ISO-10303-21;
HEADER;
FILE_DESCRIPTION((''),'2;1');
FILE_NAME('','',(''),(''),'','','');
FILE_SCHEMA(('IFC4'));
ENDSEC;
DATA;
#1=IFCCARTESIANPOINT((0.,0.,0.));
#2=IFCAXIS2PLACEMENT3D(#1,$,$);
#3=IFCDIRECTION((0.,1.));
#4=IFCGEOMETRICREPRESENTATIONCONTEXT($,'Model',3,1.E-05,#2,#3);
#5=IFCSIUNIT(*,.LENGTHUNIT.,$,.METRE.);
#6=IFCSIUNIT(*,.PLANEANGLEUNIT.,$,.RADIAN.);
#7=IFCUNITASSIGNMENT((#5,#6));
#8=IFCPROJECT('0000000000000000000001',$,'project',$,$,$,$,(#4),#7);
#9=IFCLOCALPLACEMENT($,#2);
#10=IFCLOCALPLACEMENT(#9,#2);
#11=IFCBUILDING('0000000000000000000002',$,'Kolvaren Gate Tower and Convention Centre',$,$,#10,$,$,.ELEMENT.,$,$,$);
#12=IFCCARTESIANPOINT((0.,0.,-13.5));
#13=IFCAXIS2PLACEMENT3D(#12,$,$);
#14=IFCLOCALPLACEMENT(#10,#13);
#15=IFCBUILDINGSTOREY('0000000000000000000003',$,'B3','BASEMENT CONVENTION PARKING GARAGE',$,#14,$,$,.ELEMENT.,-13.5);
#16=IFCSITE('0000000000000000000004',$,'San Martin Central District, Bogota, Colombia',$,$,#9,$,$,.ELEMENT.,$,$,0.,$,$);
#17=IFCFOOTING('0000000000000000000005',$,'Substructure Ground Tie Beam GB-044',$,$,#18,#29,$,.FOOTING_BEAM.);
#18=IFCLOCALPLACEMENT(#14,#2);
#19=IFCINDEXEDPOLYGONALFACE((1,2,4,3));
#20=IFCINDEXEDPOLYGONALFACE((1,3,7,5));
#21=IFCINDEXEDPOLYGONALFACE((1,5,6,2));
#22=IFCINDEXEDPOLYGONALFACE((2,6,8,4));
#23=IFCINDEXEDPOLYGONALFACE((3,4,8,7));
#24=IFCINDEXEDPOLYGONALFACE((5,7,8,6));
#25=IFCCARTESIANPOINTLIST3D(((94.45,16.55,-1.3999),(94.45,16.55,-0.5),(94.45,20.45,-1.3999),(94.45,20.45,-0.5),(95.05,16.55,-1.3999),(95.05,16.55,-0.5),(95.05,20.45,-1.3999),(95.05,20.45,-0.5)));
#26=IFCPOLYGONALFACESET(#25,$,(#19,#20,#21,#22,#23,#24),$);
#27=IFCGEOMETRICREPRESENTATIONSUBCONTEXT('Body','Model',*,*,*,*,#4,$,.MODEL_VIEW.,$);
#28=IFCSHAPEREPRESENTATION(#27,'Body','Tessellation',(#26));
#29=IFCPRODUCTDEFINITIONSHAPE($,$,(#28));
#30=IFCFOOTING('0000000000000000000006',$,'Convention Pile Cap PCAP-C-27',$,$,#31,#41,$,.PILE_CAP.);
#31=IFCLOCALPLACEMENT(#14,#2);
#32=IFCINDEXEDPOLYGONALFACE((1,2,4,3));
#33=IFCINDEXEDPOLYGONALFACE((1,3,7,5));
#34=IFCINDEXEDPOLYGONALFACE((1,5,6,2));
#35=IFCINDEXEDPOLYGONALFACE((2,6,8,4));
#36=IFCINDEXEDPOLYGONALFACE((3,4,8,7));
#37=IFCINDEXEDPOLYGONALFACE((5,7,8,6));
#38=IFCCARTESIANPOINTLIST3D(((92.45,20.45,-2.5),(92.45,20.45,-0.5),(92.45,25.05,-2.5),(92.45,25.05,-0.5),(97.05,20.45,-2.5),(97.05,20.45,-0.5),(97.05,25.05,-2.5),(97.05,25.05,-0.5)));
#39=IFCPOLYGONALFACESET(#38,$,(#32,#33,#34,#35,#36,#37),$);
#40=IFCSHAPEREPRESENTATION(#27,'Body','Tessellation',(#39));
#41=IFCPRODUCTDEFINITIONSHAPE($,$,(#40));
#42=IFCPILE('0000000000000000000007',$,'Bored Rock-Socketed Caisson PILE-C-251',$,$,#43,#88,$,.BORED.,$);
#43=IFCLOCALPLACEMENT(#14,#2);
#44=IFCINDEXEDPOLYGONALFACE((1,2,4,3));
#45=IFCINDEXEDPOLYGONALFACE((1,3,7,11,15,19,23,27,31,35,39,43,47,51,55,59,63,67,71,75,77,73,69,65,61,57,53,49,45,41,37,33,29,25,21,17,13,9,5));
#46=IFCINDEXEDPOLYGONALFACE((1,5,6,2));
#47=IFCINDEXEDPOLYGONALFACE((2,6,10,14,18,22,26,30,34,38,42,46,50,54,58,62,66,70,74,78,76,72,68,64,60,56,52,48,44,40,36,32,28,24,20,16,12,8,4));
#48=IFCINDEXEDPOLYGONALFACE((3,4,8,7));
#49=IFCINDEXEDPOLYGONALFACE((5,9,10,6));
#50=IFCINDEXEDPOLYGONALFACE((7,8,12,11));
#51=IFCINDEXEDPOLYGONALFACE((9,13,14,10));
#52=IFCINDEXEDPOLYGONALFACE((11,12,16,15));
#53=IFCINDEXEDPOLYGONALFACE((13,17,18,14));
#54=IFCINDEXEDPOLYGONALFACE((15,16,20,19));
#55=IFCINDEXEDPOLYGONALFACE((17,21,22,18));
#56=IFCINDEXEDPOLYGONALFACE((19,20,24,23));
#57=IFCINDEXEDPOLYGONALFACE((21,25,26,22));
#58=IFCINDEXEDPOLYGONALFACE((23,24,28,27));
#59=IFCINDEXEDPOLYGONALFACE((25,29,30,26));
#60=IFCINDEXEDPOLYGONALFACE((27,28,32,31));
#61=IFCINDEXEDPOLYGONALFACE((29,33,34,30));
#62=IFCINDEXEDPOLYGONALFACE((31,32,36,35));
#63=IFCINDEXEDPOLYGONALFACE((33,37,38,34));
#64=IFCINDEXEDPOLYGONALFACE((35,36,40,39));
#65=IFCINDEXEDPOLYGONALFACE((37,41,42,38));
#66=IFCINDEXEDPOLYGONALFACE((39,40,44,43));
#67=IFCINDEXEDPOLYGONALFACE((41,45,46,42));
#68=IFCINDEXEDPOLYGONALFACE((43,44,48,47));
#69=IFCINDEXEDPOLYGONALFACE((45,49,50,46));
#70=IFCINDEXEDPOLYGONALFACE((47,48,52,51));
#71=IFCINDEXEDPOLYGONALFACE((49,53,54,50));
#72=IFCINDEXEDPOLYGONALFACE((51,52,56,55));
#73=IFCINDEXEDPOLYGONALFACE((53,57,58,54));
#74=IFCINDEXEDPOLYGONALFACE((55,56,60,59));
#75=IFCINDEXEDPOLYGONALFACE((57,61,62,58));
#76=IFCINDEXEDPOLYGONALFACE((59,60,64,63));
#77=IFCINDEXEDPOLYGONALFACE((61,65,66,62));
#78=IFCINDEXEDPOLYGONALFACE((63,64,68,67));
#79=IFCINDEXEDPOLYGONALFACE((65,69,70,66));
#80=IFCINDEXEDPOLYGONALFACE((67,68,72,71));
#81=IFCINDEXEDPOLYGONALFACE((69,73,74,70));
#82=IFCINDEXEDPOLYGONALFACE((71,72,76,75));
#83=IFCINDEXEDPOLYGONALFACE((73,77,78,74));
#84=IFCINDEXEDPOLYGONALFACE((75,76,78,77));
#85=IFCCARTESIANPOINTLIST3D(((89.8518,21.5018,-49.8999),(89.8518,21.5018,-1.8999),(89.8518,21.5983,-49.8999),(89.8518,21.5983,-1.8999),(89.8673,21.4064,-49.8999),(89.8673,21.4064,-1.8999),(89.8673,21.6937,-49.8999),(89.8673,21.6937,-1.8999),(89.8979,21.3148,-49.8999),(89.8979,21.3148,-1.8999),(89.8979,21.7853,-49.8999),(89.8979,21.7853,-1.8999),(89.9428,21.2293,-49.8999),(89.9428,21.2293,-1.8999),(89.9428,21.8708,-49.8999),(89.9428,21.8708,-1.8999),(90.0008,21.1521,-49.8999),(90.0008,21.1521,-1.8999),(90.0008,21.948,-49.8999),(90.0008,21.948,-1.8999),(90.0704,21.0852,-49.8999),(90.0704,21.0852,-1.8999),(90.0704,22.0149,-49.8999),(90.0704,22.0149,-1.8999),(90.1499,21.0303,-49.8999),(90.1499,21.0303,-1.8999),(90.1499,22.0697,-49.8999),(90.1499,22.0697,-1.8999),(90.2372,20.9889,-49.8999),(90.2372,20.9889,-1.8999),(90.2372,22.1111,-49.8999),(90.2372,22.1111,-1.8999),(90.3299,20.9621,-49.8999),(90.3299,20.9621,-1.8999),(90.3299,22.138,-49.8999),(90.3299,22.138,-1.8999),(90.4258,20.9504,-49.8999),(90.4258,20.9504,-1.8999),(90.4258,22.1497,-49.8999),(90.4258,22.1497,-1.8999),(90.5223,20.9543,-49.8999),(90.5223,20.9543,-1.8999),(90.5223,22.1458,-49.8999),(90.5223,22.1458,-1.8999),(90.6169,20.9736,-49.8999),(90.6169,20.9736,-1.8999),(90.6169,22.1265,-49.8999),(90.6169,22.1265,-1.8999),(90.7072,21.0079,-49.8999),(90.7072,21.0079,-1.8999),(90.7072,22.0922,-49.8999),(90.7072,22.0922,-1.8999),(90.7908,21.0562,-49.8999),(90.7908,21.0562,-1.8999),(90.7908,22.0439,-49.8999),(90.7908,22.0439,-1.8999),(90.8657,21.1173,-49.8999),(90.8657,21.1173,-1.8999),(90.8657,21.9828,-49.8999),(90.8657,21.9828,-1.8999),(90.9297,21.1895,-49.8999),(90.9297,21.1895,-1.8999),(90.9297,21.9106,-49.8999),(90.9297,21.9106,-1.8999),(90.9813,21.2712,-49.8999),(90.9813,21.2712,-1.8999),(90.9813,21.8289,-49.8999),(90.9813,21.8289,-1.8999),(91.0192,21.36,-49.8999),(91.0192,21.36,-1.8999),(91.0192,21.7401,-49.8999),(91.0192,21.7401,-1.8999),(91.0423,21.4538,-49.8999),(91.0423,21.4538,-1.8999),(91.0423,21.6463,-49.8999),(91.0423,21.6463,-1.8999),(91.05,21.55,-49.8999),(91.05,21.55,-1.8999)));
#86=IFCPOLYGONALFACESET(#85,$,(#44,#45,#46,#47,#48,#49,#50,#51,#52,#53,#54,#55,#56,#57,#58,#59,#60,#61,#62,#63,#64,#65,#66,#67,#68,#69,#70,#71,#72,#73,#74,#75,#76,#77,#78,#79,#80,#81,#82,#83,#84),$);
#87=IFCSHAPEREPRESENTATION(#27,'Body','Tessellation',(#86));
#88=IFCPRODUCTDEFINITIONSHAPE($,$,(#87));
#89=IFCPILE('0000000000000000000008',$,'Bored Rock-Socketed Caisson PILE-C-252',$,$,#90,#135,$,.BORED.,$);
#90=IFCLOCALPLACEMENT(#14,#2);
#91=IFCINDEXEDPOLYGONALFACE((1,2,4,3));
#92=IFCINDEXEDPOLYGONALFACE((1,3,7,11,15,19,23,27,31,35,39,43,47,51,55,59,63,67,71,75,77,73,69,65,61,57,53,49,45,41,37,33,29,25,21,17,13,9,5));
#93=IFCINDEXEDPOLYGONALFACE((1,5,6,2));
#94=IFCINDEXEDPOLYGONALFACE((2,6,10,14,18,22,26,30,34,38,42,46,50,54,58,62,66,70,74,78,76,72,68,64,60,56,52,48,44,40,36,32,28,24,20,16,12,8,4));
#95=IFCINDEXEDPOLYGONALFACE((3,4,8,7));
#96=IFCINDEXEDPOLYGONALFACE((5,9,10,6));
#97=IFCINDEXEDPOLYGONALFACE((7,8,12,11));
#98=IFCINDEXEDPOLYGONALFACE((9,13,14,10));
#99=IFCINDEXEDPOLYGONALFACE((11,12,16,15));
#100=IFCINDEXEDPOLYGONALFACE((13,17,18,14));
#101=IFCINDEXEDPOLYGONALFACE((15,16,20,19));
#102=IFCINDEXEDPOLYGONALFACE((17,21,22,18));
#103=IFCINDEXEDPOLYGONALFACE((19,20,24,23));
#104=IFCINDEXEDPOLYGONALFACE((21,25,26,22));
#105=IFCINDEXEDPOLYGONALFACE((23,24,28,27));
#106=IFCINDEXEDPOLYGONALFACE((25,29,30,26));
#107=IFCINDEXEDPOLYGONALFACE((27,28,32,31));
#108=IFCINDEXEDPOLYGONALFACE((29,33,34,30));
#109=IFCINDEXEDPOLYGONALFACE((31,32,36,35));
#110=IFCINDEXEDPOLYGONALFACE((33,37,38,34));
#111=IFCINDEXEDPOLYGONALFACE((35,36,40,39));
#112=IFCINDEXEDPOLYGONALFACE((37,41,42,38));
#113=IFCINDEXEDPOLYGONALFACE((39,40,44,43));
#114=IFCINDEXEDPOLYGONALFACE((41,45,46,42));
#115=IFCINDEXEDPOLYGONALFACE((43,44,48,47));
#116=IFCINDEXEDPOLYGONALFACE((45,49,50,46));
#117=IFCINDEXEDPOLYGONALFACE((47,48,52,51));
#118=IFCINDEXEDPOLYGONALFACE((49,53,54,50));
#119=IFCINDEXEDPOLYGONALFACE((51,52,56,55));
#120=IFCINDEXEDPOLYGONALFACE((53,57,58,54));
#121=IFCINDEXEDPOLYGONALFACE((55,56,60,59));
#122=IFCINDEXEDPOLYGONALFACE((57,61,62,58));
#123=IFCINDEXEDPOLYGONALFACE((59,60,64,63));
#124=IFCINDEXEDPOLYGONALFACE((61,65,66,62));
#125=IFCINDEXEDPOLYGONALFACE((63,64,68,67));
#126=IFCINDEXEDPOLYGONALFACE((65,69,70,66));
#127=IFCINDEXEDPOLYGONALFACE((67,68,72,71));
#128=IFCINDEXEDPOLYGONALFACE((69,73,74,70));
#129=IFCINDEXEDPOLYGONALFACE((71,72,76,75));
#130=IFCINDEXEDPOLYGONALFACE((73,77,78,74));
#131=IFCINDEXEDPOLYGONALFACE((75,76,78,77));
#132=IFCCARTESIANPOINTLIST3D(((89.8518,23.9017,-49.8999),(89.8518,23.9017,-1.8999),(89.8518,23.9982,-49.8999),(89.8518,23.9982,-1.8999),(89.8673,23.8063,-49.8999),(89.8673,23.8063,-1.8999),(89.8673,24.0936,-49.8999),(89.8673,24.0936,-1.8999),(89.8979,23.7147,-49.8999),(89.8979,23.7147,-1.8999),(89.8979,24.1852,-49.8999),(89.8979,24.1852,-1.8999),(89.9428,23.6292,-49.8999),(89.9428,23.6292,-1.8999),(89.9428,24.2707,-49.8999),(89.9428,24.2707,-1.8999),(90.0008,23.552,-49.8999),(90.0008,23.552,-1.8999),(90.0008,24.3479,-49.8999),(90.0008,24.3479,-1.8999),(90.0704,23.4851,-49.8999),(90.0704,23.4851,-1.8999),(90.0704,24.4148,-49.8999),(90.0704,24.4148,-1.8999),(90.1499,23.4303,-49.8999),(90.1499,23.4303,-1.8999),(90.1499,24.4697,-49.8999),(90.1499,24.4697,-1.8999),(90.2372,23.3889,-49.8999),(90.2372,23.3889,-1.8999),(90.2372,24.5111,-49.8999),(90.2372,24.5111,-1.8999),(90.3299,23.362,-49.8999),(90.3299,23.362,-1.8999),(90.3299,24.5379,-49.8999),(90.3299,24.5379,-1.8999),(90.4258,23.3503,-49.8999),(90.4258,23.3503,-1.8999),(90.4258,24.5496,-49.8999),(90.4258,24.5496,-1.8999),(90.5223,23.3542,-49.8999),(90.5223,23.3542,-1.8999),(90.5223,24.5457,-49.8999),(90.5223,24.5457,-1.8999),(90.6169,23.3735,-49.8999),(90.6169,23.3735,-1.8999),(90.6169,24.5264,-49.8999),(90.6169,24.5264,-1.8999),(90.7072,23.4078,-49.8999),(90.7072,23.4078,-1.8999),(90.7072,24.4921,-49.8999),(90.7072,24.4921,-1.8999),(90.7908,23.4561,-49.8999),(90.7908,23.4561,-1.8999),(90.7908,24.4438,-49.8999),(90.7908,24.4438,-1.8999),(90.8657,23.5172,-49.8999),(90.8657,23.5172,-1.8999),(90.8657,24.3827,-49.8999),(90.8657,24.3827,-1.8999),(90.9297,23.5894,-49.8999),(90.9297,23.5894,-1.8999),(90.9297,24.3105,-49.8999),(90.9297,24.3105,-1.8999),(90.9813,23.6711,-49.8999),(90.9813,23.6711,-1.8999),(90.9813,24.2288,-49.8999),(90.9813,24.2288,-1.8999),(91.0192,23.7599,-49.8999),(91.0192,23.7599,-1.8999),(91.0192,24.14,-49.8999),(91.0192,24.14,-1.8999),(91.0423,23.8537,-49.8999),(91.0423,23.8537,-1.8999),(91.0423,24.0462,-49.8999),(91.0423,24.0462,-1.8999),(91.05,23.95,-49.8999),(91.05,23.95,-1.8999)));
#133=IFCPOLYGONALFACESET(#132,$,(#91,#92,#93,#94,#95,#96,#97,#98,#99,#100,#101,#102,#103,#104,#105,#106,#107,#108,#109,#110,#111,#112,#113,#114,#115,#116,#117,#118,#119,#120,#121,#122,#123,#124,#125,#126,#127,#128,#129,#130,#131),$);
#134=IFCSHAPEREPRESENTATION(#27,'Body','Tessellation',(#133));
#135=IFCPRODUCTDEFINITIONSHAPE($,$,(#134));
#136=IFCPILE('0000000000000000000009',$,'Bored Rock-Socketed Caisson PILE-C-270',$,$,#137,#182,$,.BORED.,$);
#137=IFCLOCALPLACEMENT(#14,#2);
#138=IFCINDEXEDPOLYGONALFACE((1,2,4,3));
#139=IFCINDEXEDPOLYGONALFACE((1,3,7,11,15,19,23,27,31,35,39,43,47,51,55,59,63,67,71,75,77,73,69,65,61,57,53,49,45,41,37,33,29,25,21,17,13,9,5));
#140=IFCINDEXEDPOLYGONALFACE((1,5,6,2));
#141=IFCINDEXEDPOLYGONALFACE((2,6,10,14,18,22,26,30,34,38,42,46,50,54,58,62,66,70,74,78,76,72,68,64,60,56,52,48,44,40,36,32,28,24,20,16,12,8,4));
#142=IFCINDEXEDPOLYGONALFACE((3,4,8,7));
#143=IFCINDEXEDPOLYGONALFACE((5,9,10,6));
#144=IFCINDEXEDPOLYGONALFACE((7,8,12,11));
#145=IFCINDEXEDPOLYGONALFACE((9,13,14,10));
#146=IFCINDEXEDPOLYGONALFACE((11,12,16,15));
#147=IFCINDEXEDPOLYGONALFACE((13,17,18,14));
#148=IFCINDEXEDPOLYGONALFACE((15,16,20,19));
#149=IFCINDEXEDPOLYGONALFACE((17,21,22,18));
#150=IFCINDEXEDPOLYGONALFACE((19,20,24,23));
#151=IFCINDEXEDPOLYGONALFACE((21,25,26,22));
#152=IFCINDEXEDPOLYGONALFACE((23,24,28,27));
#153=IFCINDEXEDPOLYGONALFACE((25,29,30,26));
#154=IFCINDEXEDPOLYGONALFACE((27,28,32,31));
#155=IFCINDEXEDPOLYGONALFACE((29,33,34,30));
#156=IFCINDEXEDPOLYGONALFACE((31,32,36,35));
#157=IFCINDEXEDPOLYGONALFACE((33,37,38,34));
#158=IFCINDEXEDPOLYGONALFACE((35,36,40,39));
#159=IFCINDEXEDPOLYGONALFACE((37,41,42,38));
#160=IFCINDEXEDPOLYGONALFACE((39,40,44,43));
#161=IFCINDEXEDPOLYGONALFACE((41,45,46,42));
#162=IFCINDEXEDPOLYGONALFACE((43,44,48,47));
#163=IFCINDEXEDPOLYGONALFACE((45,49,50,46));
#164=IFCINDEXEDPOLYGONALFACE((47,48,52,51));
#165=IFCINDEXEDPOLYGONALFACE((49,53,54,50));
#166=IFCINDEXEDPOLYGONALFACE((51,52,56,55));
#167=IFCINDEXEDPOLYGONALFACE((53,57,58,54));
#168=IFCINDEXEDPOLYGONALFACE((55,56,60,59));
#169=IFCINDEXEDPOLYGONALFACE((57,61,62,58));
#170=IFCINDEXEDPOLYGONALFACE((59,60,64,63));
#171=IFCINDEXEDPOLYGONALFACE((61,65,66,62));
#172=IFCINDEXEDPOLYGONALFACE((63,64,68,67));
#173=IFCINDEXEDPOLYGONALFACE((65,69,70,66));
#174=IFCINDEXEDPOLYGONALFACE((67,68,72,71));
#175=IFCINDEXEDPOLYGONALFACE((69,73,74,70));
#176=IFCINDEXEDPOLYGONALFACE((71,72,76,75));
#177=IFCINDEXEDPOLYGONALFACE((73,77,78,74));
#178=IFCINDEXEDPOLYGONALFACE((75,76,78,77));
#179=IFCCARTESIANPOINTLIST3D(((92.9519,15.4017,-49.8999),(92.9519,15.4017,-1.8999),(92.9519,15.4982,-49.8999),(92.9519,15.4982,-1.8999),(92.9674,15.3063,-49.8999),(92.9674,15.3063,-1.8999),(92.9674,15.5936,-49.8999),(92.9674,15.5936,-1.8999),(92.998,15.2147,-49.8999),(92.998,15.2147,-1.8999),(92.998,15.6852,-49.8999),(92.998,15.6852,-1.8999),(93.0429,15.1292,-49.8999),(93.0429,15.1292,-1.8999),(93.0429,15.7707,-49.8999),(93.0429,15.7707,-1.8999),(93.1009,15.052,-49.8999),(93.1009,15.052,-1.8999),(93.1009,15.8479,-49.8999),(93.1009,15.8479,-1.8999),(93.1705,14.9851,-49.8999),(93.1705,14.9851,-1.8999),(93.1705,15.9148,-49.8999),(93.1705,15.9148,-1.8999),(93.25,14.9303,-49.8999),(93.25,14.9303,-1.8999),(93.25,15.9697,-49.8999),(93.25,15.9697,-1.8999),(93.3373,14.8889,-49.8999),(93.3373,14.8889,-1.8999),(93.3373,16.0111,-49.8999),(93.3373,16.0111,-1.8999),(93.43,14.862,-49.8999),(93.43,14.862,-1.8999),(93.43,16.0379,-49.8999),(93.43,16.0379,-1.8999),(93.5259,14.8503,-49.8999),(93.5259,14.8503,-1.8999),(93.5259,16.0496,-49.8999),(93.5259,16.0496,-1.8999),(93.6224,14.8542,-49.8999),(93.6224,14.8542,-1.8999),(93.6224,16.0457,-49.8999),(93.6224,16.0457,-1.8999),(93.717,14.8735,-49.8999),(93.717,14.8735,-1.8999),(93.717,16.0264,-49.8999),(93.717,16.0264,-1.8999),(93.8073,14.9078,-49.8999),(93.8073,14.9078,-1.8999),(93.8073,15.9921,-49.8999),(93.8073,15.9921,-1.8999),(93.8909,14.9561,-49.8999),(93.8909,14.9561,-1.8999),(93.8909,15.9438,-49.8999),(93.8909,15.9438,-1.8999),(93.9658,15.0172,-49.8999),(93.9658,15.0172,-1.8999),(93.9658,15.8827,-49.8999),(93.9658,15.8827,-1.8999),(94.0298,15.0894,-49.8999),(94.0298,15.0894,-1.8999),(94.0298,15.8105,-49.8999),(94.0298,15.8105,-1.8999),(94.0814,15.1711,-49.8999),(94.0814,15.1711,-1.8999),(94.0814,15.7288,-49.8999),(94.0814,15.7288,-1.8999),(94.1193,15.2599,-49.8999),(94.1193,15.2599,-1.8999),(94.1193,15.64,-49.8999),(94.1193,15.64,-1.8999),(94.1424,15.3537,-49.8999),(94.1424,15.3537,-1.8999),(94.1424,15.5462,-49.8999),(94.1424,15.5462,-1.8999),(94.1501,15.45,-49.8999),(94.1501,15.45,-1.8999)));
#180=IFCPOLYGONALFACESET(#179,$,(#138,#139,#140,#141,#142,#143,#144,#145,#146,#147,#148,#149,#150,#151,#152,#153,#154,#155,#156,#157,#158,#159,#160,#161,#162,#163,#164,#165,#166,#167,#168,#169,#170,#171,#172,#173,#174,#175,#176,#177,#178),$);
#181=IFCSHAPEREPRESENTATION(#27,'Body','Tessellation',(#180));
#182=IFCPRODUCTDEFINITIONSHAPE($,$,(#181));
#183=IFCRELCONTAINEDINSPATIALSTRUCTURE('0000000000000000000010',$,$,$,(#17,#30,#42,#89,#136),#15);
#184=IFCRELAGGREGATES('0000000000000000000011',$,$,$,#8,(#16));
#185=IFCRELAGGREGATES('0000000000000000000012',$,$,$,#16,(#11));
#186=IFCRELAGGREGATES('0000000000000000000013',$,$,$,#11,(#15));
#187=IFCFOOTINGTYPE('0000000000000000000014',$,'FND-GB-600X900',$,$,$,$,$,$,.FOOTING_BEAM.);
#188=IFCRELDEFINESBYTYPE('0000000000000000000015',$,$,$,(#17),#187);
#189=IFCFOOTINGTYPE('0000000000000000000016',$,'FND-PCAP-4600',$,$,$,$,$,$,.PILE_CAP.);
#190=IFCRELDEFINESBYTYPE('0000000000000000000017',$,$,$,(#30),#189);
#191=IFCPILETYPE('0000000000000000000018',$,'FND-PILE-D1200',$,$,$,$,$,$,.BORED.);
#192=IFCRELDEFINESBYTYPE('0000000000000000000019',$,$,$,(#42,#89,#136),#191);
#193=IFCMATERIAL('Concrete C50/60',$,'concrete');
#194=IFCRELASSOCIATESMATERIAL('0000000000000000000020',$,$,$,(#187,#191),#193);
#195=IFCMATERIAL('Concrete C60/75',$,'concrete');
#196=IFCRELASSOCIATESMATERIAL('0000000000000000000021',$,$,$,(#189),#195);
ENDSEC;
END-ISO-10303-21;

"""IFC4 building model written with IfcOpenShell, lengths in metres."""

from ifc_helpers import new_model, si_unit, direction, frame, origin, origin_2d, place, context, subcontext, project, spatial, rectangle, circle, extrude, material, material_profile, profile_set, type_object, element, save


model = new_model("IFC4")

# Units and contexts
model_context = context("Model", 3, precision=1e-05, world=origin(), true_north=direction((0.0, 1.0)))
body_context = subcontext(model_context, "Body", "Model", "MODEL_VIEW")
ifc_project = project(units=[si_unit("LENGTHUNIT", "METRE"), si_unit("PLANEANGLEUNIT", "RADIAN")], contexts=[model_context])

# Site, building, storey
site_placement = place(None, origin())
site = spatial("IfcSite", under=ifc_project, at=site_placement, Name="San Martin Central District, Bogota, Colombia", CompositionType="ELEMENT", RefElevation=0.0)
building_placement = place(site_placement, origin())
building = spatial("IfcBuilding", under=site, at=building_placement, Name="Kolvaren Gate Tower and Convention Centre", CompositionType="ELEMENT")
storey_placement = place(building_placement, frame((0.0, 0.0, -13.5)))
storey = spatial("IfcBuildingStorey", under=building, at=storey_placement, Name="B3", Description="BASEMENT CONVENTION PARKING GARAGE", CompositionType="ELEMENT", Elevation=-13.5)

# Footings
ifc_material_1 = material(Name="Concrete C50/60", Category="concrete")
ifc_material_profile_1 = material_profile(ifc_material_1, rectangle(XDim=0.6001, YDim=0.8999, at=origin_2d()), Name="RC-BM-600X900")
ifc_profile_set_1 = profile_set([ifc_material_profile_1], Name="Concrete C50/60")
footing_type_1 = type_object("IfcFootingType", Name="FND-GB-600X900", PredefinedType="FOOTING_BEAM", material=ifc_profile_set_1)
footing_1_placement = place(storey_placement, frame((94.75, 16.55, -0.95), z_axis=(0.0, 1.0, 0.0), x_axis=(-1.0, 0.0, 0.0)))
element("IfcFooting", 1, at=footing_1_placement, inside=storey, type_object=footing_type_1, Name="Substructure Ground Tie Beam GB-044", PredefinedType="FOOTING_BEAM", context=body_context, shape_type="SweptSolid", body=[
    extrude(rectangle(XDim=0.6001, YDim=0.8999, at=origin_2d()), origin(), (0.0, 0.0, 1.0), 3.8999),
])
ifc_material_2 = material(Name="Concrete C60/75", Category="concrete")
footing_type_2 = type_object("IfcFootingType", Name="FND-PCAP-4600", PredefinedType="PILE_CAP", material=ifc_material_2)
footing_2_placement = place(storey_placement, frame((94.75, 22.75, -2.5), z_axis=(0.0, 0.0, 1.0), x_axis=(1.0, 0.0, 0.0)))
element("IfcFooting", 2, at=footing_2_placement, inside=storey, type_object=footing_type_2, Name="Convention Pile Cap PCAP-C-27", PredefinedType="PILE_CAP", context=body_context, shape_type="SweptSolid", body=[
    extrude(rectangle(XDim=4.6001, YDim=4.6001, at=origin_2d()), origin(), (0.0, 0.0, 1.0), 2.0),
])

# Piles
ifc_material_profile_2 = material_profile(ifc_material_1, circle(Radius=0.6001, at=origin_2d()), Name="CAISSON-D1200")
ifc_profile_set_2 = profile_set([ifc_material_profile_2], Name="Concrete C50/60")
pile_type = type_object("IfcPileType", Name="FND-PILE-D1200", PredefinedType="BORED", material=ifc_profile_set_2)
for number, where, z_axis, x_axis, name in (
    (3, (90.45, 21.55, -1.8999), (0.0, 0.0, -1.0), (1.0, 0.0, 0.0), "Bored Rock-Socketed Caisson PILE-C-251"),
    (4, (90.45, 23.95, -1.8999), (0.0, 0.0, -1.0), (1.0, 0.0, 0.0), "Bored Rock-Socketed Caisson PILE-C-252"),
    (5, (93.55, 15.45, -1.8999), (0.0, 0.0, -1.0), (1.0, 0.0, 0.0), "Bored Rock-Socketed Caisson PILE-C-270"),
):
    element("IfcPile", number, at=place(storey_placement, frame(where, z_axis=z_axis, x_axis=x_axis)), inside=storey, type_object=pile_type, Name=name, PredefinedType="BORED", context=body_context, shape_type="SweptSolid", body=[
        extrude(circle(Radius=0.6001, at=origin_2d()), origin(), (0.0, 0.0, 1.0), 48.0),
    ])

save(model, "model.ifc")
